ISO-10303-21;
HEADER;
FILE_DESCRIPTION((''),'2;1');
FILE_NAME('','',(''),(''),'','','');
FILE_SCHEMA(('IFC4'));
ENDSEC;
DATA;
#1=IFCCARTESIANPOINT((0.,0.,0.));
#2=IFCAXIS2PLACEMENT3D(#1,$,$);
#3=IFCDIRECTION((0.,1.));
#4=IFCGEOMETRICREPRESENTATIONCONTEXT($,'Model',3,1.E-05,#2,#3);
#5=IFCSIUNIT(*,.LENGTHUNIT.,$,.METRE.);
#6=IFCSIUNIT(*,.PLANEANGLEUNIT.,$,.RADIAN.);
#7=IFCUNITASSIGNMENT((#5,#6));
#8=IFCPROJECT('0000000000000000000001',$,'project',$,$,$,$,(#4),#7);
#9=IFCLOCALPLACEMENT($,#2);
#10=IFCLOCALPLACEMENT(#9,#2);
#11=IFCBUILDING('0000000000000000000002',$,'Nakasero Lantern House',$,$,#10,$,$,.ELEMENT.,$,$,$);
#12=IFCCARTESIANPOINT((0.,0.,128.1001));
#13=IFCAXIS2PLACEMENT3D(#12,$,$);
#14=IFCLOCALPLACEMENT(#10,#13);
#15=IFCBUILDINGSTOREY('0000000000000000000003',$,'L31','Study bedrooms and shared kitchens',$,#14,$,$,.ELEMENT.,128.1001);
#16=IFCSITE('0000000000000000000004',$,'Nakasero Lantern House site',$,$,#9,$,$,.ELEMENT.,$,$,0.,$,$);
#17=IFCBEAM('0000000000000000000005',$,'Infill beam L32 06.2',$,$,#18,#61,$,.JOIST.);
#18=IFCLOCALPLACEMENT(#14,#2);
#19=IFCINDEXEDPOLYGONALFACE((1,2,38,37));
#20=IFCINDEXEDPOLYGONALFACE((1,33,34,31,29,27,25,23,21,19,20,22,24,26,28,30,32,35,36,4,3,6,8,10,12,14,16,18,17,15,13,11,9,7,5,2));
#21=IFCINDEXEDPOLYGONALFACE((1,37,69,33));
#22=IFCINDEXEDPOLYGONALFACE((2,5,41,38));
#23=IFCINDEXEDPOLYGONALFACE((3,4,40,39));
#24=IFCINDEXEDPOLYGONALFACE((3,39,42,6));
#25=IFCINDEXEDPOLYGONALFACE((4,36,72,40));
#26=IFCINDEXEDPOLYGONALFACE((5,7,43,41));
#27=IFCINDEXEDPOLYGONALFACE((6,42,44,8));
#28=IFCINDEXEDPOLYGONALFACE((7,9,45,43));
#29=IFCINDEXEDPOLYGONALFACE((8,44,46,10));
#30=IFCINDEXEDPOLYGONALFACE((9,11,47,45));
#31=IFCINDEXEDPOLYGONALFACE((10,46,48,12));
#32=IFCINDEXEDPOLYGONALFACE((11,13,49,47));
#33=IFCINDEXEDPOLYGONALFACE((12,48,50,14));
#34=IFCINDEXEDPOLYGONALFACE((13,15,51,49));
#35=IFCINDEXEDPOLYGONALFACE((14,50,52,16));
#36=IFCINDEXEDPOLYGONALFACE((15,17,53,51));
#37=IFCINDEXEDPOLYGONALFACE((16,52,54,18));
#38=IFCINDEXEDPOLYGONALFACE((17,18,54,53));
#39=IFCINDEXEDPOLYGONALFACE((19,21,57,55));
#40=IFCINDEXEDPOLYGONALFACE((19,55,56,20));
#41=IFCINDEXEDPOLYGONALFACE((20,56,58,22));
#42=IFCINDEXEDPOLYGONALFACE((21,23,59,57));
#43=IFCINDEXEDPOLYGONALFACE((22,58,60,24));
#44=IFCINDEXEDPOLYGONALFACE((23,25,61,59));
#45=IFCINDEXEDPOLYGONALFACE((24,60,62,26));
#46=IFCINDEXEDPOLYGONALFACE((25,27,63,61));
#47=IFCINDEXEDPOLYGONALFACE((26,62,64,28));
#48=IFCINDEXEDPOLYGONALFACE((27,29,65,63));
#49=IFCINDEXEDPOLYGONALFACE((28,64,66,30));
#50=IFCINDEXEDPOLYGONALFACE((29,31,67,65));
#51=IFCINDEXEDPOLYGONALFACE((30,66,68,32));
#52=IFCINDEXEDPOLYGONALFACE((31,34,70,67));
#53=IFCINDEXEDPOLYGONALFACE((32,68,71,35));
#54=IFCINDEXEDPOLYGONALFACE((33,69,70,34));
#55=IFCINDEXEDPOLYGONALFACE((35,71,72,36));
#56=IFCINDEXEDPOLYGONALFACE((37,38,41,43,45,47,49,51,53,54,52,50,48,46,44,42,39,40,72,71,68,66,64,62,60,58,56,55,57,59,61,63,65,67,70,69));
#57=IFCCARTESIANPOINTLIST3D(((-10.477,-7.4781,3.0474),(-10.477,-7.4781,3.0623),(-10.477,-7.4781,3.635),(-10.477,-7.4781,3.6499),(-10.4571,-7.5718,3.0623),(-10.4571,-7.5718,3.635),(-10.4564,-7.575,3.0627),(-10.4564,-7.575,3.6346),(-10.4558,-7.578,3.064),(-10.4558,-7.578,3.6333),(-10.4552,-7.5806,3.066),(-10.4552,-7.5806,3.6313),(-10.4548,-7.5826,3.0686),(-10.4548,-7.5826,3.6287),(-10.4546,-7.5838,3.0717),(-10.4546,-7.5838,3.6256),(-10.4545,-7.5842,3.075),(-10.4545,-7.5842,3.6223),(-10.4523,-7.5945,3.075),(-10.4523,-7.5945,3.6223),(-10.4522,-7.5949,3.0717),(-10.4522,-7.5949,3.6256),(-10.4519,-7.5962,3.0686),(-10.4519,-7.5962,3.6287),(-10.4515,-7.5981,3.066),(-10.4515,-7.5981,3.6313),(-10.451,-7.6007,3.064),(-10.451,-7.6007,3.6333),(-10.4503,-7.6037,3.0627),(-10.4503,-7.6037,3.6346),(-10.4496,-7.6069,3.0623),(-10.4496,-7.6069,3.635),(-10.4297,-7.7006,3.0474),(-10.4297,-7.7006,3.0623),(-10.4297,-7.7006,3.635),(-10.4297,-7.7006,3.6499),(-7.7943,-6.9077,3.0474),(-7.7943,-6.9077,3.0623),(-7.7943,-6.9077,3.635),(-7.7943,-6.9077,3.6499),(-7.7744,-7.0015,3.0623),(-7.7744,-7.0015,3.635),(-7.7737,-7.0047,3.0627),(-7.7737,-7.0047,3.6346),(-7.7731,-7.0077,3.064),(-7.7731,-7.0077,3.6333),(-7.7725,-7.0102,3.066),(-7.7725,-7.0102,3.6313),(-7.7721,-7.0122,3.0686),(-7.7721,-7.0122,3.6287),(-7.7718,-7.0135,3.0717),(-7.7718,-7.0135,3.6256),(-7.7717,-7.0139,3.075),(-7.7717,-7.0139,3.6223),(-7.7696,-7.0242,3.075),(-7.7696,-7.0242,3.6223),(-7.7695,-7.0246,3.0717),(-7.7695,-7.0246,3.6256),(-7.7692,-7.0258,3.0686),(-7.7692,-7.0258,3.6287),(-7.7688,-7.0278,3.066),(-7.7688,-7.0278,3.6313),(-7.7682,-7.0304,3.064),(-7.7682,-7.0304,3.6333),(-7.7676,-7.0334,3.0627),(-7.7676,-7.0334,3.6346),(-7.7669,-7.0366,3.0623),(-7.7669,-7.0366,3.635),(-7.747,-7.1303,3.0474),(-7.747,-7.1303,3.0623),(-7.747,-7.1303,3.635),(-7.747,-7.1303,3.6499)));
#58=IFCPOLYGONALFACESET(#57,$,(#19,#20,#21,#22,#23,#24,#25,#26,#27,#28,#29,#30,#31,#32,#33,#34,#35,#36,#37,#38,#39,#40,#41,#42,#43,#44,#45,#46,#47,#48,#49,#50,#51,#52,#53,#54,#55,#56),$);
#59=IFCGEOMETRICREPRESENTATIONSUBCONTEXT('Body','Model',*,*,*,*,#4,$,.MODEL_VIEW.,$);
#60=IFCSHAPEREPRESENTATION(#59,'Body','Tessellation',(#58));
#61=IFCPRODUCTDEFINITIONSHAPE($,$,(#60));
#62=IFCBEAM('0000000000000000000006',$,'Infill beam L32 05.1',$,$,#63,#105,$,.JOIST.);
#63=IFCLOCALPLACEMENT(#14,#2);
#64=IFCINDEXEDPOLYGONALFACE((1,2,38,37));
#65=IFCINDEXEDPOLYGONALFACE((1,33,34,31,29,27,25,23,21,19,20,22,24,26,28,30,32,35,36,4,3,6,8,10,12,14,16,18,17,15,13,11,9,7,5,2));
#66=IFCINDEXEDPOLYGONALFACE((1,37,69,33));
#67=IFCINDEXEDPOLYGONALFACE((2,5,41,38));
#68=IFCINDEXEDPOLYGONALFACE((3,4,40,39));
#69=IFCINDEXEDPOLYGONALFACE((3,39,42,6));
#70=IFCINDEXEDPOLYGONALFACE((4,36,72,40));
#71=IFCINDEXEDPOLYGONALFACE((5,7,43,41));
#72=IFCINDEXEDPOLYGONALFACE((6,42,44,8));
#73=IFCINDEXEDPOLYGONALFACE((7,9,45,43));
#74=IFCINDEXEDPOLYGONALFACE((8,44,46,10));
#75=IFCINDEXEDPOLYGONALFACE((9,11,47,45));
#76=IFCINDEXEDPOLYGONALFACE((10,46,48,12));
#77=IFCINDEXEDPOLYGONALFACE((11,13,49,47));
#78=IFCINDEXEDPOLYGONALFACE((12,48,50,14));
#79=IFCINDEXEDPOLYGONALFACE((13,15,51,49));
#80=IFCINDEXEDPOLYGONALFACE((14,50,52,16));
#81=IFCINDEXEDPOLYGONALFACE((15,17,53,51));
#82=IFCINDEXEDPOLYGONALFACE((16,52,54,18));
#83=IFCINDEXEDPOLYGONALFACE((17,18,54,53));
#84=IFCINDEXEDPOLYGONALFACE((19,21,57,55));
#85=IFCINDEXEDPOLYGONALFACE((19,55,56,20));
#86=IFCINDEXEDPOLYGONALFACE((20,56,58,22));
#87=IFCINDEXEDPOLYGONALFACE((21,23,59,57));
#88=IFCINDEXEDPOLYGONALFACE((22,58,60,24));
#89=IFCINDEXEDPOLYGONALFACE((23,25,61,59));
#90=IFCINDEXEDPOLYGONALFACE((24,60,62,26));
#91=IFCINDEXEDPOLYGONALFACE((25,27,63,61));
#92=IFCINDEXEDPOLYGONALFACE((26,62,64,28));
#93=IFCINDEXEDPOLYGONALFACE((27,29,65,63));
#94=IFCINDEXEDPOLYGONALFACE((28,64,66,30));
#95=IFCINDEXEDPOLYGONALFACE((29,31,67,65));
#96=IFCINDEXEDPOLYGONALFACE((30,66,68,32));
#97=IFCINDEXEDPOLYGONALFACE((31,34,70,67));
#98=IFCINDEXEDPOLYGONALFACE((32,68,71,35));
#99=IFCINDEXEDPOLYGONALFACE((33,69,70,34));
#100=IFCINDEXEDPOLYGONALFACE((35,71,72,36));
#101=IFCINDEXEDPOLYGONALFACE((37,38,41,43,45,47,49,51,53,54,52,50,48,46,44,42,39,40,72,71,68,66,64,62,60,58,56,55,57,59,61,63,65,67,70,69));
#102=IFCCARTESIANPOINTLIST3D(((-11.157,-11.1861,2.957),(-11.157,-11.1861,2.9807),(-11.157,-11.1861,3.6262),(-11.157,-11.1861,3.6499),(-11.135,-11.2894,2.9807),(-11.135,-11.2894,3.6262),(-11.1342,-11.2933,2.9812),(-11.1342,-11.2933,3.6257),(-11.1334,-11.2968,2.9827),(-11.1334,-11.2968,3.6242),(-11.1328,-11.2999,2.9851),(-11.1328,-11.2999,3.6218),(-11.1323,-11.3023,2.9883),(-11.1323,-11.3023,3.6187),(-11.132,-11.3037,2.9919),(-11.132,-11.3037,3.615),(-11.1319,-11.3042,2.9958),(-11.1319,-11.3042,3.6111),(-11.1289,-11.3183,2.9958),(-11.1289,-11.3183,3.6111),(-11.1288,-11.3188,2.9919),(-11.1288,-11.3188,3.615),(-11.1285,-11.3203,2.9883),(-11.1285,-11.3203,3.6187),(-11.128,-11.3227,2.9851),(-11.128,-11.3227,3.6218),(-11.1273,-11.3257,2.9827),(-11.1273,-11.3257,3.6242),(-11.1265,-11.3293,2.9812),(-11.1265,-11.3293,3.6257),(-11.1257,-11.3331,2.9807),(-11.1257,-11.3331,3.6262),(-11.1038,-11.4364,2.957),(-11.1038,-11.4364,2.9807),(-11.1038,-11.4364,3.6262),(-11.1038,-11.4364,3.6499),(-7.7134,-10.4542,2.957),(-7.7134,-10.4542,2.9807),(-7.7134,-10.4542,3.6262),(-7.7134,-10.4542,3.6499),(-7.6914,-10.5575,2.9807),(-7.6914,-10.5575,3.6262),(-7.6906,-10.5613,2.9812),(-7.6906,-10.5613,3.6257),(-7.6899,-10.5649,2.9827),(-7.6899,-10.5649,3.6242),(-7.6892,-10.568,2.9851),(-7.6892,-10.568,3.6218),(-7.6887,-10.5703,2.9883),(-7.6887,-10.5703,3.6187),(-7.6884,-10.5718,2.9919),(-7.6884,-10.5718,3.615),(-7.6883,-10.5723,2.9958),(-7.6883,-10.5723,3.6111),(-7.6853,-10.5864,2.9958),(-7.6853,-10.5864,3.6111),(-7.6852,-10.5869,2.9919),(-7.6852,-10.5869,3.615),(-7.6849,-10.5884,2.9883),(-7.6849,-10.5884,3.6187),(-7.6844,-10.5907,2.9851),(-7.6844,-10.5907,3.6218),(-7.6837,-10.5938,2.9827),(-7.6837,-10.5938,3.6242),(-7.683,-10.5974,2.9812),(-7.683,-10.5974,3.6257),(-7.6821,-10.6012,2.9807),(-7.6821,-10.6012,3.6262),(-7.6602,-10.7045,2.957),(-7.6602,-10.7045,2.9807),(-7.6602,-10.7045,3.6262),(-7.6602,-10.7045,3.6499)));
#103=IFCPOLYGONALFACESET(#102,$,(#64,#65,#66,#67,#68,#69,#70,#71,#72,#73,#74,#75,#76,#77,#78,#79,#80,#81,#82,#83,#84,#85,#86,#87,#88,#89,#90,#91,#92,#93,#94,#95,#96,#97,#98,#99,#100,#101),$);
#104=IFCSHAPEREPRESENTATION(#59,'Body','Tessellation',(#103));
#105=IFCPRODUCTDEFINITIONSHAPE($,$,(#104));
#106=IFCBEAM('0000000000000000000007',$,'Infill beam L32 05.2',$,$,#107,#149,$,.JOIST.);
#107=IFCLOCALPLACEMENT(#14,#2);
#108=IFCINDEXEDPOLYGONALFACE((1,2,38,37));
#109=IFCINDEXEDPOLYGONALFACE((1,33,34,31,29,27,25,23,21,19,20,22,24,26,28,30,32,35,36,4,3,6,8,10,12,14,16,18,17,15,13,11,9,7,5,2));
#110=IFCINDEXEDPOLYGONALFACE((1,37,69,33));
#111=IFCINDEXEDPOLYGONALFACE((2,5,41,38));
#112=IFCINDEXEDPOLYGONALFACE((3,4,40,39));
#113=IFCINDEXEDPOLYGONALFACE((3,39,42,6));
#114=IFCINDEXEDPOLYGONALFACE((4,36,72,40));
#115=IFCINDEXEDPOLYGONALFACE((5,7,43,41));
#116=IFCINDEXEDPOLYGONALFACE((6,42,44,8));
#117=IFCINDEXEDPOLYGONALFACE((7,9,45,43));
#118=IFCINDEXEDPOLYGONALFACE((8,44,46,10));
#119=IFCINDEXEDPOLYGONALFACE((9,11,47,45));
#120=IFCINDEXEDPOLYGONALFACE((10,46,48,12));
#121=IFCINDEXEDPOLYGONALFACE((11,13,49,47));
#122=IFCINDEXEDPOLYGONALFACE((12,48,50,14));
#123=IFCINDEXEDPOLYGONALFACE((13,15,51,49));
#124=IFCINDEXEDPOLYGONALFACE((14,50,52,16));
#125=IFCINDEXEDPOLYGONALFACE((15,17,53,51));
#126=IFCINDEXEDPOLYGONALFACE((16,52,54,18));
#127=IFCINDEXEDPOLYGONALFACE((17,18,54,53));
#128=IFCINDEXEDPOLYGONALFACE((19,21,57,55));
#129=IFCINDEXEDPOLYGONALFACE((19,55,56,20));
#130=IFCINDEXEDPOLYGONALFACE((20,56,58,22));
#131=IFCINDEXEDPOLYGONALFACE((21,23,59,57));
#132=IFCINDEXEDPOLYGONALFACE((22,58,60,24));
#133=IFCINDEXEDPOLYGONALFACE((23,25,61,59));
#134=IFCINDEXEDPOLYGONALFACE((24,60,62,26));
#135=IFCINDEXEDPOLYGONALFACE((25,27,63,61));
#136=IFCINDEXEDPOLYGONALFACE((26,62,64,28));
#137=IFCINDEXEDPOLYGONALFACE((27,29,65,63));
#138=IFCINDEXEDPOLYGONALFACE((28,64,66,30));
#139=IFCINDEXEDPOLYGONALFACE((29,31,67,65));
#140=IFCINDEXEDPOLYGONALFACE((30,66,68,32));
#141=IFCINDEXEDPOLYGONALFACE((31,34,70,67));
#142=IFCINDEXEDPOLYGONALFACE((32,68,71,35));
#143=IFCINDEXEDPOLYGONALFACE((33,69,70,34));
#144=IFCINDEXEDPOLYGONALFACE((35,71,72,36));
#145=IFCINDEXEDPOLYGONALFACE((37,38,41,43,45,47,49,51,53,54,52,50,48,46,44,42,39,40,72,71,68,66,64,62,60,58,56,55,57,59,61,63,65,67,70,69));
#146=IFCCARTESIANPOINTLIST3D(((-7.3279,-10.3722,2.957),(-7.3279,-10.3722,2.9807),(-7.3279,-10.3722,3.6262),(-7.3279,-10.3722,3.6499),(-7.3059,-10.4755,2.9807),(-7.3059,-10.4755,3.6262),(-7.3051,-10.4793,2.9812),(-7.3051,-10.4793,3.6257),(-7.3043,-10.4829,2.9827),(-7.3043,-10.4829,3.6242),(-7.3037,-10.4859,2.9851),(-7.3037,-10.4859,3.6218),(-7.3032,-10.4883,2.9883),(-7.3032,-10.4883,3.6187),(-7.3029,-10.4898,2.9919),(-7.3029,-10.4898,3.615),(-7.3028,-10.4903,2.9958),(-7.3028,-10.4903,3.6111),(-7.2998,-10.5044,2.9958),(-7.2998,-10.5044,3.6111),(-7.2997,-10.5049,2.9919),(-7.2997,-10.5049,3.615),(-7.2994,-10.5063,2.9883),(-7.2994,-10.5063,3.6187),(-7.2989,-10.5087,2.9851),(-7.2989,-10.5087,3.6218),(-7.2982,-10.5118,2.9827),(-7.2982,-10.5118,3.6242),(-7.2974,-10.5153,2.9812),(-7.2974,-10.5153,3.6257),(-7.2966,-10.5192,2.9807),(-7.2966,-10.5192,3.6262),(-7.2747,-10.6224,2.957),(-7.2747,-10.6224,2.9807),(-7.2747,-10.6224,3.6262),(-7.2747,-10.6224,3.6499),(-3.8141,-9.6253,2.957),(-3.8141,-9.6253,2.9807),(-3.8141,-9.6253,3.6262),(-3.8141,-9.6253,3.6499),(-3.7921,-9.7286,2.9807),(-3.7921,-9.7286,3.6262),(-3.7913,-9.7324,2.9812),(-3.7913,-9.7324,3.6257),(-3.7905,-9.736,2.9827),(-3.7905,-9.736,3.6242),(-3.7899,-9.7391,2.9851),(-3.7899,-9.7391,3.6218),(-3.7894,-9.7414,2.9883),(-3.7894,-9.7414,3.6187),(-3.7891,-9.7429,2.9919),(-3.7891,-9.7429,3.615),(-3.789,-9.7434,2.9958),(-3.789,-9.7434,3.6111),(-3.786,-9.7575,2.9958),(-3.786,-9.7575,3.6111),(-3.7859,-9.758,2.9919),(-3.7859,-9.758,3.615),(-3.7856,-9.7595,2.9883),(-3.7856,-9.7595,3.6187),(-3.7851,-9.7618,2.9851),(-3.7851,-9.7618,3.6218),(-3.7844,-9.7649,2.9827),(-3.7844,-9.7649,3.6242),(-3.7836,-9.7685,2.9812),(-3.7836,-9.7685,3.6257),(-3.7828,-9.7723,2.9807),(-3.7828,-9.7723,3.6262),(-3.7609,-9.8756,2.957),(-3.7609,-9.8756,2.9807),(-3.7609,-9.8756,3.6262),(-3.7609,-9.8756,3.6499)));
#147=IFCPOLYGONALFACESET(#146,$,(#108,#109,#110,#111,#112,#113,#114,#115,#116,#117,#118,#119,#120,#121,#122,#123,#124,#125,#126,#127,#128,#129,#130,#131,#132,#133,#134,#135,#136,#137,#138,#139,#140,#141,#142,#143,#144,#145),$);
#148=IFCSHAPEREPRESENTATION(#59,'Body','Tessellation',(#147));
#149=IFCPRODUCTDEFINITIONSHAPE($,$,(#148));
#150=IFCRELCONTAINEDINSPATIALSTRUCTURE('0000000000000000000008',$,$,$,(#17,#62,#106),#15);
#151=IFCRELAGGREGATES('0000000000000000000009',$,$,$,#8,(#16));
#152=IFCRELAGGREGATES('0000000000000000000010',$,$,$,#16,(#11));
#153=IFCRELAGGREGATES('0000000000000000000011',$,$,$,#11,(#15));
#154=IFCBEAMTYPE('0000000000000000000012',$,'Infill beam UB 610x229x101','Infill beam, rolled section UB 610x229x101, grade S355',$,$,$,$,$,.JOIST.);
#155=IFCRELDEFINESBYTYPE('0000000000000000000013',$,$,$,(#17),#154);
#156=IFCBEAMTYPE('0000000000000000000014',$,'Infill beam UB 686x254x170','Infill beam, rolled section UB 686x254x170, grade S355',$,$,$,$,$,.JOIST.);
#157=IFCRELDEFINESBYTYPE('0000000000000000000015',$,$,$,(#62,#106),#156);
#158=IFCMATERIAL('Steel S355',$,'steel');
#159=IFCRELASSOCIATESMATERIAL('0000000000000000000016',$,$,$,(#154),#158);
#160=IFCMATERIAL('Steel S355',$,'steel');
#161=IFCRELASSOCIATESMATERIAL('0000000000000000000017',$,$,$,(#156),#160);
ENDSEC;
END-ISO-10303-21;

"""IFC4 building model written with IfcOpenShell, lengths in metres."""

from ifc_helpers import new_model, si_unit, direction, frame, origin, origin_2d, place, context, subcontext, project, spatial, i_section, extrude, material, material_profile, profile_set, type_object, element, save


model = new_model("IFC4")

# Units and contexts
model_context = context("Model", 3, precision=1e-05, world=origin(), true_north=direction((0.0, 1.0)))
body_context = subcontext(model_context, "Body", "Model", "MODEL_VIEW")
ifc_project = project(units=[si_unit("LENGTHUNIT", "METRE"), si_unit("PLANEANGLEUNIT", "RADIAN")], contexts=[model_context])

# Site, building, storey
site_placement = place(None, origin())
site = spatial("IfcSite", under=ifc_project, at=site_placement, Name="Nakasero Lantern House site", CompositionType="ELEMENT", RefElevation=0.0)
building_placement = place(site_placement, origin())
building = spatial("IfcBuilding", under=site, at=building_placement, Name="Nakasero Lantern House", CompositionType="ELEMENT")
storey_placement = place(building_placement, frame((0.0, 0.0, 128.1001)))
storey = spatial("IfcBuildingStorey", under=building, at=storey_placement, Name="L31", Description="Study bedrooms and shared kitchens", CompositionType="ELEMENT", Elevation=128.1001)

# Beams
ifc_material_1 = material(Name="Steel S355", Category="steel")
ifc_material_profile_1 = material_profile(ifc_material_1, i_section(OverallWidth=0.2275, OverallDepth=0.6025, WebThickness=0.0105, FlangeThickness=0.0149, FilletRadius=0.0127, at=origin_2d()), Name="UB 610x229x101")
ifc_profile_set_1 = profile_set([ifc_material_profile_1], Name="Steel S355")
beam_type_1 = type_object("IfcBeamType", Name="Infill beam UB 610x229x101", Description="Infill beam, rolled section UB 610x229x101, grade S355", PredefinedType="JOIST", material=ifc_profile_set_1)
beam_1_placement = place(storey_placement, frame((-10.4534, -7.5894, 3.3486), z_axis=(0.97814, 0.207948, 0.0), x_axis=(-0.207948, 0.97814, 0.0)))
element("IfcBeam", 1, at=beam_1_placement, inside=storey, type_object=beam_type_1, Name="Infill beam L32 06.2", PredefinedType="JOIST", context=body_context, shape_type="SweptSolid", body=[
    extrude(i_section(OverallWidth=0.2275, OverallDepth=0.6025, WebThickness=0.0105, FlangeThickness=0.0149, FilletRadius=0.0127, at=origin_2d()), origin(), (0.0, 0.0, 1.0), 2.7427),
])
ifc_material_2 = material(Name="Steel S355", Category="steel")
ifc_material_profile_2 = material_profile(ifc_material_2, i_section(OverallWidth=0.2559, OverallDepth=0.6929, WebThickness=0.0144, FlangeThickness=0.0237, FilletRadius=0.0151, at=origin_2d()), Name="UB 686x254x170")
ifc_profile_set_2 = profile_set([ifc_material_profile_2], Name="Steel S355")
beam_type_2 = type_object("IfcBeamType", Name="Infill beam UB 686x254x170", Description="Infill beam, rolled section UB 686x254x170, grade S355", PredefinedType="JOIST", material=ifc_profile_set_2)
beam_2_placement = place(storey_placement, frame((-11.1304, -11.3113, 3.3035), z_axis=(0.978149, 0.207904, 0.0), x_axis=(-0.207904, 0.978149, 0.0)))
element("IfcBeam", 2, at=beam_2_placement, inside=storey, type_object=beam_type_2, Name="Infill beam L32 05.1", PredefinedType="JOIST", context=body_context, shape_type="SweptSolid", body=[
    extrude(i_section(OverallWidth=0.2559, OverallDepth=0.6929, WebThickness=0.0144, FlangeThickness=0.0237, FilletRadius=0.0151, at=origin_2d()), origin(), (0.0, 0.0, 1.0), 3.5205),
])
beam_3_placement = place(storey_placement, frame((-7.3013, -10.4973, 3.3035), z_axis=(0.978149, 0.207904, 0.0), x_axis=(-0.207904, 0.978149, 0.0)))
element("IfcBeam", 3, at=beam_3_placement, inside=storey, type_object=beam_type_2, Name="Infill beam L32 05.2", PredefinedType="JOIST", context=body_context, shape_type="SweptSolid", body=[
    extrude(i_section(OverallWidth=0.2559, OverallDepth=0.6929, WebThickness=0.0144, FlangeThickness=0.0237, FilletRadius=0.0151, at=origin_2d()), origin(), (0.0, 0.0, 1.0), 3.5923),
])

save(model, "model.ifc")
